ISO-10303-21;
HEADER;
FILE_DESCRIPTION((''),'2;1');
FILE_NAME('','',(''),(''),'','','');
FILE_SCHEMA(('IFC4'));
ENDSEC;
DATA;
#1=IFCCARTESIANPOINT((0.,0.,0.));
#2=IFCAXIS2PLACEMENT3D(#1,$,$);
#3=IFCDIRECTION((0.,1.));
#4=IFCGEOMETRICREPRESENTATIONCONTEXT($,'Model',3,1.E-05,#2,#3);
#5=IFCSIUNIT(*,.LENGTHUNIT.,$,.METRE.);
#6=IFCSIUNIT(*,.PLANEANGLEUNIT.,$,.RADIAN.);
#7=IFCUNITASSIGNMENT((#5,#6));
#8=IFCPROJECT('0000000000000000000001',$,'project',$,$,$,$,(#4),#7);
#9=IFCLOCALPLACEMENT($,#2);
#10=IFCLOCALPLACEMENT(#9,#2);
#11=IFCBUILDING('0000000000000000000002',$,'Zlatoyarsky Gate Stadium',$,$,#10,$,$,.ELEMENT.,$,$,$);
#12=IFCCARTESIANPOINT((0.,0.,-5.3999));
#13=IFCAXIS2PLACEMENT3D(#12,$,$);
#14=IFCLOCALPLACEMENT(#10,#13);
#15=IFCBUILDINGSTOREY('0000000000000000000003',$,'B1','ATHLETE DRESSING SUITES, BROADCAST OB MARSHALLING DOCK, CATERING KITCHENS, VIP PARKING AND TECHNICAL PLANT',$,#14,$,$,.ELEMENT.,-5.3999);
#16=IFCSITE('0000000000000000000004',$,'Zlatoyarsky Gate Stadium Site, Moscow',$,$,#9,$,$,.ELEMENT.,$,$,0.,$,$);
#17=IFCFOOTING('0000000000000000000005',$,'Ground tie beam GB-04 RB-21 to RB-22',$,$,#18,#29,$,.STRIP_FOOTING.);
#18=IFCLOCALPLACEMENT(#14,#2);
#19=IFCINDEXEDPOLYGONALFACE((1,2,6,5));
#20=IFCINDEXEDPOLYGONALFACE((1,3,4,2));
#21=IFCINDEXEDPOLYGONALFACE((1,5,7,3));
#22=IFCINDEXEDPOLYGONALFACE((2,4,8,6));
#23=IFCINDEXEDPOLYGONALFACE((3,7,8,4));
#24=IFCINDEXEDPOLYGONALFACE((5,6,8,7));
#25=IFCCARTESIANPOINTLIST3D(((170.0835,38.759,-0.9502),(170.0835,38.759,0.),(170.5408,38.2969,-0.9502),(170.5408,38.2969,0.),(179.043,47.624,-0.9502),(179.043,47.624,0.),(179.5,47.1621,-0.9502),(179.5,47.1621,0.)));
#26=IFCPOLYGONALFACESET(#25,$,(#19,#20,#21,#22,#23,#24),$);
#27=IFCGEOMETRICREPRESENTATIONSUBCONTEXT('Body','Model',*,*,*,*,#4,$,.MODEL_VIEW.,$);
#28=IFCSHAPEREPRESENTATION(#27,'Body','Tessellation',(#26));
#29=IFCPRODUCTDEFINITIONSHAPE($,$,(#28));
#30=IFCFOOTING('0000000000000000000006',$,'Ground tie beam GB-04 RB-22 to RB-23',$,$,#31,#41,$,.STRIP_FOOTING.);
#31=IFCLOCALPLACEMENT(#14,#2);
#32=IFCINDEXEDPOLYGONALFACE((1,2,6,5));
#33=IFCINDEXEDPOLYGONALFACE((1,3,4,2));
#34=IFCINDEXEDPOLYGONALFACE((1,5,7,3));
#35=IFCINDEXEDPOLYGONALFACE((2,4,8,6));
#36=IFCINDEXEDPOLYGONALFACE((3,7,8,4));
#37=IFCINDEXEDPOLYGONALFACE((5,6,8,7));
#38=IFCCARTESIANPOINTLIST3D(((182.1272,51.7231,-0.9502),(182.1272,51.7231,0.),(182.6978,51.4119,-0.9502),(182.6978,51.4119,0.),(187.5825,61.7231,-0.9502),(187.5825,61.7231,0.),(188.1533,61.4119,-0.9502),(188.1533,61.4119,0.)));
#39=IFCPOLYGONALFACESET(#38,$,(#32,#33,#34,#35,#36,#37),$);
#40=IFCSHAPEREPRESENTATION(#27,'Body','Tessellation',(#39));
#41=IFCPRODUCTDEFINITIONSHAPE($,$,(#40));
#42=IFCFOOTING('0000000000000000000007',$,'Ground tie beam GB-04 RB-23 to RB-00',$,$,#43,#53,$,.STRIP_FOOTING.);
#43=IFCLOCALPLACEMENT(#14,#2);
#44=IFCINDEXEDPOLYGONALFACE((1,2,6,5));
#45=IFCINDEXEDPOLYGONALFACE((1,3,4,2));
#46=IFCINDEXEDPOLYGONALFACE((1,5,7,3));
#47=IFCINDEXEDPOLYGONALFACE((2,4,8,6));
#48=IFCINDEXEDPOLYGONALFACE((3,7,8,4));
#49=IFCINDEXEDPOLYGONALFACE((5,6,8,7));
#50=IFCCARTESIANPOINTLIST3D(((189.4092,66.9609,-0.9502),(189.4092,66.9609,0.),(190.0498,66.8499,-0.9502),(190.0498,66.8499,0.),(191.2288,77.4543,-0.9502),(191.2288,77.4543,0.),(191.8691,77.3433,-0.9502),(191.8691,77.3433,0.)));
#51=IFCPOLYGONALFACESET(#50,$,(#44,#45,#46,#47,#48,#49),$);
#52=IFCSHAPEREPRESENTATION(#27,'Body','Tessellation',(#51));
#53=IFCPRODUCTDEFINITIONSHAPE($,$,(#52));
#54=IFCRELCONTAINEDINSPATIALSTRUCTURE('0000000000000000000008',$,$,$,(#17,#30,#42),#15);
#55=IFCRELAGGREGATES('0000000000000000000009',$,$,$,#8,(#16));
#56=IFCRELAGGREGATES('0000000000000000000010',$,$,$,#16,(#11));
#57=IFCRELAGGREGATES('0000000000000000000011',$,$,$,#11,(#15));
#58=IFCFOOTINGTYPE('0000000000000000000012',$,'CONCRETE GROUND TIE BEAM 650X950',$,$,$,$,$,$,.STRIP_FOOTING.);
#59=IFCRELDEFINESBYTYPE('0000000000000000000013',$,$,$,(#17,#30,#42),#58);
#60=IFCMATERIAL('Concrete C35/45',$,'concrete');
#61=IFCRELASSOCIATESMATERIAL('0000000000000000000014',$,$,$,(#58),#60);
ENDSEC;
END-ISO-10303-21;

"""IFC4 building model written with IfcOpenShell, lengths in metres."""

from ifc_helpers import new_model, si_unit, direction, frame, origin, origin_2d, place, context, subcontext, project, spatial, polyline, rectangle, outline, extrude, material, material_profile, profile_set, type_object, element, save


model = new_model("IFC4")

# Units and contexts
model_context = context("Model", 3, precision=1e-05, world=origin(), true_north=direction((0.0, 1.0)))
body_context = subcontext(model_context, "Body", "Model", "MODEL_VIEW")
ifc_project = project(units=[si_unit("LENGTHUNIT", "METRE"), si_unit("PLANEANGLEUNIT", "RADIAN")], contexts=[model_context])

# Site, building, storey
site_placement = place(None, origin())
site = spatial("IfcSite", under=ifc_project, at=site_placement, Name="Zlatoyarsky Gate Stadium Site, Moscow", CompositionType="ELEMENT", RefElevation=0.0)
building_placement = place(site_placement, origin())
building = spatial("IfcBuilding", under=site, at=building_placement, Name="Zlatoyarsky Gate Stadium", CompositionType="ELEMENT")
storey_placement = place(building_placement, frame((0.0, 0.0, -5.3999)))
storey = spatial("IfcBuildingStorey", under=building, at=storey_placement, Name="B1", Description="ATHLETE DRESSING SUITES, BROADCAST OB MARSHALLING DOCK, CATERING KITCHENS, VIP PARKING AND TECHNICAL PLANT", CompositionType="ELEMENT", Elevation=-5.3999)

# Footings
ifc_material = material(Name="Concrete C35/45", Category="concrete")
ifc_material_profile_1 = material_profile(ifc_material, rectangle(XDim=0.6499, YDim=0.95, at=origin_2d()), Name="GB 650X950")
ifc_profile_set_1 = profile_set([ifc_material_profile_1], Name="Concrete C35/45")
footing_type_1 = type_object("IfcFootingType", Name="CONCRETE GROUND TIE BEAM 650X950", PredefinedType="STRIP_FOOTING", material=ifc_profile_set_1)
footing_1_placement = place(storey_placement, frame((0.0, 0.0, -0.9502)))
element("IfcFooting", 1, at=footing_1_placement, inside=storey, type_object=footing_type_1, Name="Ground tie beam GB-04 RB-21 to RB-22", PredefinedType="STRIP_FOOTING", context=body_context, shape_type="SweptSolid", body=[
    extrude(outline(polyline([(170.5408, 38.2969), (179.5, 47.1621), (179.043, 47.624), (170.0835, 38.759), (170.5408, 38.2969)])), origin(), (0.0, 0.0, 1.0), 0.9502),
])
footing_2_placement = place(storey_placement, frame((0.0, 0.0, -0.9502)))
element("IfcFooting", 2, at=footing_2_placement, inside=storey, type_object=footing_type_1, Name="Ground tie beam GB-04 RB-22 to RB-23", PredefinedType="STRIP_FOOTING", context=body_context, shape_type="SweptSolid", body=[
    extrude(outline(polyline([(182.6978, 51.4119), (188.1533, 61.4119), (187.5825, 61.7231), (182.1272, 51.7231), (182.6978, 51.4119)])), origin(), (0.0, 0.0, 1.0), 0.9502),
])
footing_3_placement = place(storey_placement, frame((0.0, 0.0, -0.9502)))
element("IfcFooting", 3, at=footing_3_placement, inside=storey, type_object=footing_type_1, Name="Ground tie beam GB-04 RB-23 to RB-00", PredefinedType="STRIP_FOOTING", context=body_context, shape_type="SweptSolid", body=[
    extrude(outline(polyline([(190.0498, 66.8499), (191.8691, 77.3433), (191.2288, 77.4543), (189.4092, 66.9609), (190.0498, 66.8499)])), origin(), (0.0, 0.0, 1.0), 0.9502),
])

save(model, "model.ifc")
